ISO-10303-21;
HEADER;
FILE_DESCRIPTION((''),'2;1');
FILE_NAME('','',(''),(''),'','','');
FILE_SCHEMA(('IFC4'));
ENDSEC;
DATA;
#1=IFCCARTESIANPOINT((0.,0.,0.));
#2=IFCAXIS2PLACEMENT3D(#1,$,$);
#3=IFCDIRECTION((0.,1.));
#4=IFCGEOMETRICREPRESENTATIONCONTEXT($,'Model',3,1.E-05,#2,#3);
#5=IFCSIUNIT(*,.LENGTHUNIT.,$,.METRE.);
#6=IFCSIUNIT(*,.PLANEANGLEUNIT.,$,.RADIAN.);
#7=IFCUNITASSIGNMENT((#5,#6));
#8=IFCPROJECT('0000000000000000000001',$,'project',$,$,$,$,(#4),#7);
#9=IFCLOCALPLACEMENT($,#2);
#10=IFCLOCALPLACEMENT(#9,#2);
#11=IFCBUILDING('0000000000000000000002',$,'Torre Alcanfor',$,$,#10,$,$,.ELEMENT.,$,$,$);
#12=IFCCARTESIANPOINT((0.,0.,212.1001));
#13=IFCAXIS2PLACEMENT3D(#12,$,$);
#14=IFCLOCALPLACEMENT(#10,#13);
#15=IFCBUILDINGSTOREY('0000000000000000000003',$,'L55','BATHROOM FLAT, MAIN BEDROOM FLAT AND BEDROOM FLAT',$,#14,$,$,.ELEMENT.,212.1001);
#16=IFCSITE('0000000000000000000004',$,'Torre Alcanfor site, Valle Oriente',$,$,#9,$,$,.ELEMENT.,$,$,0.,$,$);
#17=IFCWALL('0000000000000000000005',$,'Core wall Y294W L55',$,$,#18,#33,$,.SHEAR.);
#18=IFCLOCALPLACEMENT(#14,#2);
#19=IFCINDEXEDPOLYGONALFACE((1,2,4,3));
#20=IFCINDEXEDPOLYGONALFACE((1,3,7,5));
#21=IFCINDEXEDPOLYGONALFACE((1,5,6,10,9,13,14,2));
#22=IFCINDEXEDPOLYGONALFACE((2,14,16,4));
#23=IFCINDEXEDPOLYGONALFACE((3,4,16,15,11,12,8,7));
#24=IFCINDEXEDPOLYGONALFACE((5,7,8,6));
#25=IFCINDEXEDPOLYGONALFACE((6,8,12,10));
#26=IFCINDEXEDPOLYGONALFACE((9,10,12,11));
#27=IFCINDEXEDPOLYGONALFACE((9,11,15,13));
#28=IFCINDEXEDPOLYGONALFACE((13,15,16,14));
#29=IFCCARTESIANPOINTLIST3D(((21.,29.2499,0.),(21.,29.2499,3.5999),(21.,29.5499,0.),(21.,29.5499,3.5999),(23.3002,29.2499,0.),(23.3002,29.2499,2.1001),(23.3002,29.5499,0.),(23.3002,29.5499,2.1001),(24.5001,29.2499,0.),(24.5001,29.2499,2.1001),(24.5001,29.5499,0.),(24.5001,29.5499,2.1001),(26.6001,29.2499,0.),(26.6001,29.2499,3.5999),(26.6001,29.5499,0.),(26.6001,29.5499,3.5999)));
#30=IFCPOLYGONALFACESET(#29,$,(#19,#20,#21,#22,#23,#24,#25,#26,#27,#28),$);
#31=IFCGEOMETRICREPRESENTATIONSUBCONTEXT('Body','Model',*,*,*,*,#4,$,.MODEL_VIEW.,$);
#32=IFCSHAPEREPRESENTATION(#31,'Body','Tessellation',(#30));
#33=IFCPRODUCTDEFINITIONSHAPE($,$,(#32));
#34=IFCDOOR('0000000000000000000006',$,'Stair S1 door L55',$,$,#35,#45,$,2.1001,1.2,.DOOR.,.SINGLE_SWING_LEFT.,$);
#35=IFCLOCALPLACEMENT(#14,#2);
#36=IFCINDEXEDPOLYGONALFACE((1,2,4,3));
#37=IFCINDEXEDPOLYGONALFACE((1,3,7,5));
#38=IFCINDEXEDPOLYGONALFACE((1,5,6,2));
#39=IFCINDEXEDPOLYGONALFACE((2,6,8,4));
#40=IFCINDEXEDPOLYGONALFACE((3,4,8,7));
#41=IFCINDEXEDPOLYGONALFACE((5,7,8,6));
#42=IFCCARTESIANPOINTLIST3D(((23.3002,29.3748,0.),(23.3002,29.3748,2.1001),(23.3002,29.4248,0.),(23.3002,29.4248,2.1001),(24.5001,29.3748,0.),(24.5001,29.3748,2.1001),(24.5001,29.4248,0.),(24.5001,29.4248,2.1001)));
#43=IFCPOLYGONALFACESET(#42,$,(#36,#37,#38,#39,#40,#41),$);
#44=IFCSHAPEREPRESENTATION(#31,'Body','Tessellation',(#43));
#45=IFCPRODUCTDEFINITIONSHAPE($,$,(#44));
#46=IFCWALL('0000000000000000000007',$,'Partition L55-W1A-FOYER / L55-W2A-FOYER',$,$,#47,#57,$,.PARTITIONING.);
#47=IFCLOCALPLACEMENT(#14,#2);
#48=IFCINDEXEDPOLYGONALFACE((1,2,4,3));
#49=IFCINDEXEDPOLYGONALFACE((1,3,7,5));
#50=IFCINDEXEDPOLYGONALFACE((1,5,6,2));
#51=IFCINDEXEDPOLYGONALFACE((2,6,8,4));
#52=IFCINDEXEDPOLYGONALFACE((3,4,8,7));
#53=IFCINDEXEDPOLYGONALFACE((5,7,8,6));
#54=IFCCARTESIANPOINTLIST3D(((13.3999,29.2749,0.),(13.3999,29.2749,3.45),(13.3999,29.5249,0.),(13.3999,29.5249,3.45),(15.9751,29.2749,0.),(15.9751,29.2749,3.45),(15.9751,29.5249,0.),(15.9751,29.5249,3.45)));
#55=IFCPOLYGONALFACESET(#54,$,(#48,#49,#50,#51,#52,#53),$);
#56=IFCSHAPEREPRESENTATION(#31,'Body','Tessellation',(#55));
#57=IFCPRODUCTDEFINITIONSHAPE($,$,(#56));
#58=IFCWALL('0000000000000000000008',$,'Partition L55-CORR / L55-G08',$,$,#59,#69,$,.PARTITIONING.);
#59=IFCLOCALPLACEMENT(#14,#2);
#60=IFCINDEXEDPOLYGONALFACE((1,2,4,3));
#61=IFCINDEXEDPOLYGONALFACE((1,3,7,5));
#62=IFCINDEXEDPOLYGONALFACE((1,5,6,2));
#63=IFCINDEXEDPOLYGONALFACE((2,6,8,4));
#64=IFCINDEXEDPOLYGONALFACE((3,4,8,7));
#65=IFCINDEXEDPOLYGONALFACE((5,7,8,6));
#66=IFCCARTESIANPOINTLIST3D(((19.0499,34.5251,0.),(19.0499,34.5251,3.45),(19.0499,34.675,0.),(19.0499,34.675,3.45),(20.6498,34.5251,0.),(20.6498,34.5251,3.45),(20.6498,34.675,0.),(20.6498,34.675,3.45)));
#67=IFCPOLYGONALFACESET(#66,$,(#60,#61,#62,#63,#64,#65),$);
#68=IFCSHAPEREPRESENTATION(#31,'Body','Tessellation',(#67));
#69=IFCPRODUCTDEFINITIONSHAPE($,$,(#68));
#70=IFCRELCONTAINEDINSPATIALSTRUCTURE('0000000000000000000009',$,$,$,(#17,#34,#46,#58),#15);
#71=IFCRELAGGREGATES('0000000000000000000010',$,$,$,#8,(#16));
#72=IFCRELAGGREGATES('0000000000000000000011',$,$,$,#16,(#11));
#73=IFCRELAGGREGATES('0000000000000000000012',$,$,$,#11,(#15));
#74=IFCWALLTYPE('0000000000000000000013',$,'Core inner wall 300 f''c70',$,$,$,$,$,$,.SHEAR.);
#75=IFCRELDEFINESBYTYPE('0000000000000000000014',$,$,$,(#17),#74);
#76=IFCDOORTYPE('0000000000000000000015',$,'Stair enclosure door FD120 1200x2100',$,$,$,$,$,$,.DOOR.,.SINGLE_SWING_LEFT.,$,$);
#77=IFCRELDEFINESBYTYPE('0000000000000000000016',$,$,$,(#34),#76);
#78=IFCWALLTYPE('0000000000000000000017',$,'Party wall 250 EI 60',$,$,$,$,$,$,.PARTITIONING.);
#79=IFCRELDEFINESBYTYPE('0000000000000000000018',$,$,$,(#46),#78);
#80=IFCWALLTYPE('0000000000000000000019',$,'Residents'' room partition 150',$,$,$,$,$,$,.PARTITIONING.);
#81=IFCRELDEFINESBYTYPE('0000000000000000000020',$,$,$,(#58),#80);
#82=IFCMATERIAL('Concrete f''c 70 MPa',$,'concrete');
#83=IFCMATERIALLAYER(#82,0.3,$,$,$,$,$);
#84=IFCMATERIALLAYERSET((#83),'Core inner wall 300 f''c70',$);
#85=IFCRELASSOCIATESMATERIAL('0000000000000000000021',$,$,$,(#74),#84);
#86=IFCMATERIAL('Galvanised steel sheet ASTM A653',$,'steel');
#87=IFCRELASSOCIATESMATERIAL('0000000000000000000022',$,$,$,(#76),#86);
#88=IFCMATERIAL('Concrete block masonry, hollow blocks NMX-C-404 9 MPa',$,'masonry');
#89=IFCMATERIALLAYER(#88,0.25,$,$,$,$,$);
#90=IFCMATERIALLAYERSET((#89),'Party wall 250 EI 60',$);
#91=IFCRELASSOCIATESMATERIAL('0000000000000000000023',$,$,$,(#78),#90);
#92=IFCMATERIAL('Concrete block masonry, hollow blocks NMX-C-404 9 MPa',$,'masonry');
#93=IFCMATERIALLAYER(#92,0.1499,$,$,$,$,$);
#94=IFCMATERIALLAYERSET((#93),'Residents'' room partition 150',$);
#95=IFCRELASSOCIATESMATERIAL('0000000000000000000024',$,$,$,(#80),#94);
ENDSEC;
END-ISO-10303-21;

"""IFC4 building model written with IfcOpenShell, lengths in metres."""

from ifc_helpers import new_model, si_unit, direction, frame, frame_2d, origin, place, context, subcontext, project, spatial, rectangle, extrude, material, layer, layer_set, type_object, element, fill, save


model = new_model("IFC4")

# Units and contexts
model_context = context("Model", 3, precision=1e-05, world=origin(), true_north=direction((0.0, 1.0)))
body_context = subcontext(model_context, "Body", "Model", "MODEL_VIEW")
ifc_project = project(units=[si_unit("LENGTHUNIT", "METRE"), si_unit("PLANEANGLEUNIT", "RADIAN")], contexts=[model_context])

# Site, building, storey
site_placement = place(None, origin())
site = spatial("IfcSite", under=ifc_project, at=site_placement, Name="Torre Alcanfor site, Valle Oriente", CompositionType="ELEMENT", RefElevation=0.0)
building_placement = place(site_placement, origin())
building = spatial("IfcBuilding", under=site, at=building_placement, Name="Torre Alcanfor", CompositionType="ELEMENT")
storey_placement = place(building_placement, frame((0.0, 0.0, 212.1001)))
storey = spatial("IfcBuildingStorey", under=building, at=storey_placement, Name="L55", Description="BATHROOM FLAT, MAIN BEDROOM FLAT AND BEDROOM FLAT", CompositionType="ELEMENT", Elevation=212.1001)

# Wall, opening, door
ifc_material_1 = material(Name="Concrete f'c 70 MPa", Category="concrete")
ifc_layer_1 = layer(ifc_material_1, 0.3)
ifc_layer_set_1 = layer_set([ifc_layer_1], Name="Core inner wall 300 f'c70")
wall_type_1 = type_object("IfcWallType", Name="Core inner wall 300 f'c70", PredefinedType="SHEAR", material=ifc_layer_set_1)
wall_1_placement = place(storey_placement, frame((21.0, 29.3999, 0.0), z_axis=(0.0, 0.0, 1.0), x_axis=(1.0, 0.0, 0.0)))
wall_1 = element("IfcWall", 1, at=wall_1_placement, inside=storey, type_object=wall_type_1, Name="Core wall Y294W L55", PredefinedType="SHEAR", context=body_context, shape_type="SweptSolid", body=[
    extrude(rectangle(XDim=5.6001, YDim=0.3, at=frame_2d((2.8, 0.0))), origin(), (0.0, 0.0, 1.0), 3.5999),
])
opening_1_placement = place(wall_1_placement, frame((2.3, 0.0, 0.0)))
opening_1 = element("IfcOpeningElement", 2, at=opening_1_placement, cuts=wall_1, PredefinedType="OPENING", context=body_context, shape_type="SweptSolid", body=[
    extrude(rectangle(XDim=1.2, YDim=2.1001, at=frame_2d((0.6001, 1.05))), frame((0.0, 0.1599, 0.0), z_axis=(0.0, -1.0, 0.0), x_axis=(1.0, 0.0, 0.0)), (0.0, 0.0, 1.0), 0.3201),
])
ifc_material_2 = material(Name="Galvanised steel sheet ASTM A653", Category="steel")
door_type_1 = type_object("IfcDoorType", Name="Stair enclosure door FD120 1200x2100", OperationType="SINGLE_SWING_LEFT", PredefinedType="DOOR", material=ifc_material_2)
door_1_placement = place(opening_1_placement, frame((1.2, 0.0, 0.0), z_axis=(0.0, 0.0, 1.0), x_axis=(-1.0, 0.0, 0.0)))
door_1 = element("IfcDoor", 3, at=door_1_placement, inside=storey, type_object=door_type_1, Name="Stair S1 door L55", OperationType="SINGLE_SWING_LEFT", OverallHeight=2.1001, OverallWidth=1.2, PredefinedType="DOOR", context=body_context, shape_type="SweptSolid", body=[
    extrude(rectangle(XDim=1.2, YDim=2.1001, at=frame_2d((0.5999, 1.05))), frame((0.0, 0.0251, 0.0), z_axis=(0.0, -1.0, 0.0), x_axis=(1.0, 0.0, 0.0)), (0.0, 0.0, 1.0), 0.05),
])
fill(opening_1, door_1)

# Walls
ifc_material_3 = material(Name="Concrete block masonry, hollow blocks NMX-C-404 9 MPa", Category="masonry")
ifc_layer_2 = layer(ifc_material_3, 0.25)
ifc_layer_set_2 = layer_set([ifc_layer_2], Name="Party wall 250 EI 60")
wall_type_2 = type_object("IfcWallType", Name="Party wall 250 EI 60", PredefinedType="PARTITIONING", material=ifc_layer_set_2)
wall_2_placement = place(storey_placement, frame((15.9751, 29.3999, 0.0), z_axis=(0.0, 0.0, 1.0), x_axis=(-1.0, 0.0, 0.0)))
element("IfcWall", 4, at=wall_2_placement, inside=storey, type_object=wall_type_2, Name="Partition L55-W1A-FOYER / L55-W2A-FOYER", PredefinedType="PARTITIONING", context=body_context, shape_type="SweptSolid", body=[
    extrude(rectangle(XDim=2.5752, YDim=0.25, at=frame_2d((1.2876, 0.0))), origin(), (0.0, 0.0, 1.0), 3.45),
])
ifc_material_4 = material(Name="Concrete block masonry, hollow blocks NMX-C-404 9 MPa", Category="masonry")
ifc_layer_3 = layer(ifc_material_4, 0.1499)
ifc_layer_set_3 = layer_set([ifc_layer_3], Name="Residents' room partition 150")
wall_type_3 = type_object("IfcWallType", Name="Residents' room partition 150", PredefinedType="PARTITIONING", material=ifc_layer_set_3)
wall_3_placement = place(storey_placement, frame((19.05, 34.6001, 0.0), z_axis=(0.0, 0.0, 1.0), x_axis=(1.0, 0.0, 0.0)))
element("IfcWall", 5, at=wall_3_placement, inside=storey, type_object=wall_type_3, Name="Partition L55-CORR / L55-G08", PredefinedType="PARTITIONING", context=body_context, shape_type="SweptSolid", body=[
    extrude(rectangle(XDim=1.5999, YDim=0.1499, at=frame_2d((0.7998, 0.0))), origin(), (0.0, 0.0, 1.0), 3.45),
])

save(model, "model.ifc")
